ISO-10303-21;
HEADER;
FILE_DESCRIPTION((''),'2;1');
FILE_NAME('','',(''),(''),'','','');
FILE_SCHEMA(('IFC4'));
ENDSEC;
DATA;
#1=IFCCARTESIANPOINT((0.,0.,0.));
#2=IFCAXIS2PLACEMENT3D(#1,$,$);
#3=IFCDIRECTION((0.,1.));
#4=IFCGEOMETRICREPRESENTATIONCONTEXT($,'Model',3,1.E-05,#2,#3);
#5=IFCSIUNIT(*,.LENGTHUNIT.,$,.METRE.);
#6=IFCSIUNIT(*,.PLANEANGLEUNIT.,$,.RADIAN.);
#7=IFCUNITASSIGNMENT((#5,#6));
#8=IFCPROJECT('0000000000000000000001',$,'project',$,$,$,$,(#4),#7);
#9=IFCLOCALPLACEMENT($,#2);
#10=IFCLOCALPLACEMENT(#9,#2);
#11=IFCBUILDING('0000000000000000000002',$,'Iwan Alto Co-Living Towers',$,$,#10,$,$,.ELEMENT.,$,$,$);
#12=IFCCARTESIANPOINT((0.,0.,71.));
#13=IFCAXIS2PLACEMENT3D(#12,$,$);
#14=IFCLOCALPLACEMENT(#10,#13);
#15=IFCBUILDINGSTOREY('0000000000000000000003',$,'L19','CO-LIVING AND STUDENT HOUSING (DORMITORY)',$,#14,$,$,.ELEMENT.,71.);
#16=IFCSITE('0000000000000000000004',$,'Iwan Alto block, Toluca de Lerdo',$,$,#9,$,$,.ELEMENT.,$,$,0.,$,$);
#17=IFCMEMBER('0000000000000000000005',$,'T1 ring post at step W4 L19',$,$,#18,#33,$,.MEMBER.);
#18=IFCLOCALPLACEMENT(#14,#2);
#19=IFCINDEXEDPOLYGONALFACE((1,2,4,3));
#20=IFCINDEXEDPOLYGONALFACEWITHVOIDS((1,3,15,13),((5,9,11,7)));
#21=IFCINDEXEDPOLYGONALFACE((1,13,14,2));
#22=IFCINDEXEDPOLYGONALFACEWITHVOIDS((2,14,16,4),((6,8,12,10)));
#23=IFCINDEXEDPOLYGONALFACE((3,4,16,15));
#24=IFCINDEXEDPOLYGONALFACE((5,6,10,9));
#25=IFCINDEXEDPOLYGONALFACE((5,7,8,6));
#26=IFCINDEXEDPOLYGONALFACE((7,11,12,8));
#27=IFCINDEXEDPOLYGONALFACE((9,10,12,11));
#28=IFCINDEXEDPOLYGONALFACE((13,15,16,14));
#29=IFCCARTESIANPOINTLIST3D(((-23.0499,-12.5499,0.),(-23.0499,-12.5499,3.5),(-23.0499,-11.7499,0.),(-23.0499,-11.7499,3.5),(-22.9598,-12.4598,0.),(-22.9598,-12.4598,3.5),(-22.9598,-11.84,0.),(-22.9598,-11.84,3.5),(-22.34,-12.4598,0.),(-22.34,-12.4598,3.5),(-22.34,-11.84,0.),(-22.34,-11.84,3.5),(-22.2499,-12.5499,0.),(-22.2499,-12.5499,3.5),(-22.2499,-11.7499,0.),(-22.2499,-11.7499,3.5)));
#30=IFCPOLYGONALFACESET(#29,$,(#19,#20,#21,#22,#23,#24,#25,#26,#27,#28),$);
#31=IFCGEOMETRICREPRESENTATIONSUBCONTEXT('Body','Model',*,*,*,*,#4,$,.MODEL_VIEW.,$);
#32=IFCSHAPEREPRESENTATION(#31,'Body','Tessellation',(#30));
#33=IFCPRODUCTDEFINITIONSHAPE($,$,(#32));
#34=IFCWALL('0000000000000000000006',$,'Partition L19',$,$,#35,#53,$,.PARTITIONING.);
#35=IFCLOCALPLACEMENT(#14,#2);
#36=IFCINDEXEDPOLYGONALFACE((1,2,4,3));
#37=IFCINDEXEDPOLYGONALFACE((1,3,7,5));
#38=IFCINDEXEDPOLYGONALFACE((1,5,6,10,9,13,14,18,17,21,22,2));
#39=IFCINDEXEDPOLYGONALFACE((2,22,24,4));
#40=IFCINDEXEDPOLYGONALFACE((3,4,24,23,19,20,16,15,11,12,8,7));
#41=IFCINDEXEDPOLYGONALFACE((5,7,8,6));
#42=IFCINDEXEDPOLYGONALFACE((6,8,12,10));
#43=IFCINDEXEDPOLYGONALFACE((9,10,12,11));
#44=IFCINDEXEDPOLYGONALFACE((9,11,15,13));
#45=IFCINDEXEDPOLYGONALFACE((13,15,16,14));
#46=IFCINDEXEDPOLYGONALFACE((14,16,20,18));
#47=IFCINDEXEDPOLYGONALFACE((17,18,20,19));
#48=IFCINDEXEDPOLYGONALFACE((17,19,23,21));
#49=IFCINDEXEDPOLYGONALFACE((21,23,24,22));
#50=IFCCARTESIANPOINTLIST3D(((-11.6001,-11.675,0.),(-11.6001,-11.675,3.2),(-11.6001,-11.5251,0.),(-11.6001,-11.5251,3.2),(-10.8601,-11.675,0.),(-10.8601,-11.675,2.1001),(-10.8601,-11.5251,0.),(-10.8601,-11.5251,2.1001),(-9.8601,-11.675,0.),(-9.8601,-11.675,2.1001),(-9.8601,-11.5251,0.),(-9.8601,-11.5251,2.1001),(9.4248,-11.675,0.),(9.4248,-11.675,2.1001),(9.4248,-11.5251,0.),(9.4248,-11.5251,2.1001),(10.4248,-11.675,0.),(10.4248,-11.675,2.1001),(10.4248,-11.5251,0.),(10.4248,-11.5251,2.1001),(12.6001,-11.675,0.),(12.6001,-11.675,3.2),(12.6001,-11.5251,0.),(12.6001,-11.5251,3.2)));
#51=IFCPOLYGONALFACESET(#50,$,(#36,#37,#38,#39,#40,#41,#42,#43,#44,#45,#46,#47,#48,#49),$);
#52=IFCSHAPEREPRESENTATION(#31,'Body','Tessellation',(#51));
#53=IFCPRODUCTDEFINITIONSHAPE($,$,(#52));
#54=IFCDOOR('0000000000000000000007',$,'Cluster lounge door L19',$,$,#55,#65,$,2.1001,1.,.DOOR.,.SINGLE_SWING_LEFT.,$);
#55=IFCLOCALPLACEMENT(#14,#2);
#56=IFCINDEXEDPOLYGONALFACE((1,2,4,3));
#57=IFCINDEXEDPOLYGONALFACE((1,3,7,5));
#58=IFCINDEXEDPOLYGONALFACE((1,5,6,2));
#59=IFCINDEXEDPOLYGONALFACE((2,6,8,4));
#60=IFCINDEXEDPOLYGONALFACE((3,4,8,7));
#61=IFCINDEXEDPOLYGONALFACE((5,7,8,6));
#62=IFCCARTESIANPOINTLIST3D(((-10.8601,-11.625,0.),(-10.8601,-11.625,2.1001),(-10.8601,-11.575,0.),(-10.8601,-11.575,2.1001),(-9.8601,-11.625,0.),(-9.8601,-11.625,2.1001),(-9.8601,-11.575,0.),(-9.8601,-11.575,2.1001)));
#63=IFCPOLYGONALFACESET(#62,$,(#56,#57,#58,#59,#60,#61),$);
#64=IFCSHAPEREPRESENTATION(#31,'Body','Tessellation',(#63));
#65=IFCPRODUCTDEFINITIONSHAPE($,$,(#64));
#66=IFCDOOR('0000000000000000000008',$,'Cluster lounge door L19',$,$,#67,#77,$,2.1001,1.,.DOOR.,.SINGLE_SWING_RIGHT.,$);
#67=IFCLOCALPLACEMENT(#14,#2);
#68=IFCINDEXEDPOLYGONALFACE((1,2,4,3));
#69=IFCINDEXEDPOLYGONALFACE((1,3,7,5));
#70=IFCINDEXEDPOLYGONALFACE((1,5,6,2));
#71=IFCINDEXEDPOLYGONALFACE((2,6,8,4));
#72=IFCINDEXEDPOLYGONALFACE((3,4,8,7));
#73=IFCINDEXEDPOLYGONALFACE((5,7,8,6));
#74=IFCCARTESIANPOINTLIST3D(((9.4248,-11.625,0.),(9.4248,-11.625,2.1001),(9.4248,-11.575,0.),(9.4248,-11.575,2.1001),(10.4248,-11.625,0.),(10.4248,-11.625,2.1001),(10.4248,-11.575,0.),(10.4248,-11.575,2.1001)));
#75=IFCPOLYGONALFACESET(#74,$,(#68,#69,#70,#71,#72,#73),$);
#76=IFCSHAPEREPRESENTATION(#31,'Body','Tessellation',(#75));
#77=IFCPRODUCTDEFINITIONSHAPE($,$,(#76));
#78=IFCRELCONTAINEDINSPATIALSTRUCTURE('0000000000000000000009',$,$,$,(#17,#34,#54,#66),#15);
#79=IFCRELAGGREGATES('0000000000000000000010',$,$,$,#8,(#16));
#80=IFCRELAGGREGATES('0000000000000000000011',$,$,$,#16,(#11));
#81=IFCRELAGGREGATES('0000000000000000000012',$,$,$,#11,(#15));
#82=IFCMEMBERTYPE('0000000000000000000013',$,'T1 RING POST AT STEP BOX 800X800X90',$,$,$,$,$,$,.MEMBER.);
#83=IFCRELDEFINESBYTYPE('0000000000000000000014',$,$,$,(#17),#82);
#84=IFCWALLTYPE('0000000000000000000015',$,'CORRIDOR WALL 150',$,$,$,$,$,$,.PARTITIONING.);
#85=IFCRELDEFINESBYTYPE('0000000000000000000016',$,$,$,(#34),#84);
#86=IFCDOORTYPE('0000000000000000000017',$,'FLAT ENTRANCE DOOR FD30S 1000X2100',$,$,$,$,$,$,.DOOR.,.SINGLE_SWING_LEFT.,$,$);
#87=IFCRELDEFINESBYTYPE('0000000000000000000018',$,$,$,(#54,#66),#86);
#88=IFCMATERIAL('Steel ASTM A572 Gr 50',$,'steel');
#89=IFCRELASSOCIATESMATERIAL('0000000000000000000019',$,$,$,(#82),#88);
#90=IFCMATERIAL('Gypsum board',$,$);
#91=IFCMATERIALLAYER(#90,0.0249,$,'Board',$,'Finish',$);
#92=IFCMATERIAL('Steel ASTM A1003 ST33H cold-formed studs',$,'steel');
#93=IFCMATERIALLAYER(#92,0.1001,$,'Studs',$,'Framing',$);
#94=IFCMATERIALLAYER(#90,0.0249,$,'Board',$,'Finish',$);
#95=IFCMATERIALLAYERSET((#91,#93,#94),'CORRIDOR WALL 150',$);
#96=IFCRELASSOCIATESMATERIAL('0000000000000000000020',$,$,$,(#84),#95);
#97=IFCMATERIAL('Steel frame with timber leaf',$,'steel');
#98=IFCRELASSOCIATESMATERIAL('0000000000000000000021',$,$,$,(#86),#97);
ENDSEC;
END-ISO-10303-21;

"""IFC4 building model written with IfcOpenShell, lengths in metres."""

from ifc_helpers import new_model, si_unit, direction, frame, frame_2d, origin, origin_2d, place, context, subcontext, project, spatial, rectangle, hollow_rectangle, extrude, material, layer, layer_set, material_profile, profile_set, type_object, element, fill, save


model = new_model("IFC4")

# Units and contexts
model_context = context("Model", 3, precision=1e-05, world=origin(), true_north=direction((0.0, 1.0)))
body_context = subcontext(model_context, "Body", "Model", "MODEL_VIEW")
ifc_project = project(units=[si_unit("LENGTHUNIT", "METRE"), si_unit("PLANEANGLEUNIT", "RADIAN")], contexts=[model_context])

# Site, building, storey
site_placement = place(None, origin())
site = spatial("IfcSite", under=ifc_project, at=site_placement, Name="Iwan Alto block, Toluca de Lerdo", CompositionType="ELEMENT", RefElevation=0.0)
building_placement = place(site_placement, origin())
building = spatial("IfcBuilding", under=site, at=building_placement, Name="Iwan Alto Co-Living Towers", CompositionType="ELEMENT")
storey_placement = place(building_placement, frame((0.0, 0.0, 71.0)))
storey = spatial("IfcBuildingStorey", under=building, at=storey_placement, Name="L19", Description="CO-LIVING AND STUDENT HOUSING (DORMITORY)", CompositionType="ELEMENT", Elevation=71.0)

# Member
ifc_material_1 = material(Name="Steel ASTM A572 Gr 50", Category="steel")
ifc_material_profile = material_profile(ifc_material_1, hollow_rectangle(XDim=0.8, YDim=0.8, WallThickness=0.0901, at=origin_2d()), Name="BOX 800X800X90")
ifc_profile_set = profile_set([ifc_material_profile], Name="Steel ASTM A572 Gr 50")
member_type = type_object("IfcMemberType", Name="T1 RING POST AT STEP BOX 800X800X90", PredefinedType="MEMBER", material=ifc_profile_set)
member_placement = place(storey_placement, frame((-22.6499, -12.1499, 0.0), z_axis=(0.0, 0.0, 1.0), x_axis=(1.0, 0.0, 0.0)))
element("IfcMember", 1, at=member_placement, inside=storey, type_object=member_type, Name="T1 ring post at step W4 L19", PredefinedType="MEMBER", context=body_context, shape_type="SweptSolid", body=[
    extrude(hollow_rectangle(XDim=0.8, YDim=0.8, WallThickness=0.0901, at=origin_2d()), origin(), (0.0, 0.0, 1.0), 3.5),
])

# Wall, openings, doors
ifc_material_2 = material(Name="Gypsum board")
ifc_layer_1 = layer(ifc_material_2, 0.0249, Name="Board", Category="Finish")
ifc_material_3 = material(Name="Steel ASTM A1003 ST33H cold-formed studs", Category="steel")
ifc_layer_2 = layer(ifc_material_3, 0.1001, Name="Studs", Category="Framing")
ifc_layer_3 = layer(ifc_material_2, 0.0249, Name="Board", Category="Finish")
ifc_layer_set_1 = layer_set([ifc_layer_1, ifc_layer_2, ifc_layer_3], Name="CORRIDOR WALL 150")
wall_type_1 = type_object("IfcWallType", Name="CORRIDOR WALL 150", PredefinedType="PARTITIONING", material=ifc_layer_set_1)
wall_1_placement = place(storey_placement, frame((-11.6001, -11.6001, 0.0), z_axis=(0.0, 0.0, 1.0), x_axis=(1.0, 0.0, 0.0)))
wall_1 = element("IfcWall", 2, at=wall_1_placement, inside=storey, type_object=wall_type_1, Name="Partition L19", PredefinedType="PARTITIONING", context=body_context, shape_type="SweptSolid", body=[
    extrude(rectangle(XDim=24.2002, YDim=0.1499, at=frame_2d((12.1001, 0.0))), origin(), (0.0, 0.0, 1.0), 3.2),
])
opening_1_placement = place(wall_1_placement, frame((0.74, 0.0, 0.0)))
opening_1 = element("IfcOpeningElement", 3, at=opening_1_placement, cuts=wall_1, PredefinedType="OPENING", context=body_context, shape_type="SweptSolid", body=[
    extrude(rectangle(XDim=1.0, YDim=2.1001, at=frame_2d((0.5, 1.05))), frame((0.0, 0.085, 0.0), z_axis=(0.0, -1.0, 0.0), x_axis=(1.0, 0.0, 0.0)), (0.0, 0.0, 1.0), 0.1699),
])
opening_2_placement = place(wall_1_placement, frame((21.0249, 0.0, 0.0)))
opening_2 = element("IfcOpeningElement", 4, at=opening_2_placement, cuts=wall_1, PredefinedType="OPENING", context=body_context, shape_type="SweptSolid", body=[
    extrude(rectangle(XDim=1.0, YDim=2.1001, at=frame_2d((0.5, 1.05))), frame((0.0, 0.085, 0.0), z_axis=(0.0, -1.0, 0.0), x_axis=(1.0, 0.0, 0.0)), (0.0, 0.0, 1.0), 0.1699),
])
ifc_material_4 = material(Name="Steel frame with timber leaf", Category="steel")
door_type_1 = type_object("IfcDoorType", Name="FLAT ENTRANCE DOOR FD30S 1000X2100", OperationType="SINGLE_SWING_LEFT", PredefinedType="DOOR", material=ifc_material_4)
door_1_placement = place(opening_1_placement, frame((1.0, 0.0, 0.0), z_axis=(0.0, 0.0, 1.0), x_axis=(-1.0, 0.0, 0.0)))
door_1 = element("IfcDoor", 5, at=door_1_placement, inside=storey, type_object=door_type_1, Name="Cluster lounge door L19", OperationType="SINGLE_SWING_LEFT", OverallHeight=2.1001, OverallWidth=1.0, PredefinedType="DOOR", context=body_context, shape_type="SweptSolid", body=[
    extrude(rectangle(XDim=1.0, YDim=2.1001, at=frame_2d((0.5, 1.05))), frame((0.0, 0.0249, 0.0), z_axis=(0.0, -1.0, 0.0), x_axis=(1.0, 0.0, 0.0)), (0.0, 0.0, 1.0), 0.05),
])
fill(opening_1, door_1)
door_2_placement = place(opening_2_placement, frame((1.0, 0.0, 0.0), z_axis=(0.0, 0.0, 1.0), x_axis=(-1.0, 0.0, 0.0)))
door_2 = element("IfcDoor", 6, at=door_2_placement, inside=storey, type_object=door_type_1, Name="Cluster lounge door L19", OperationType="SINGLE_SWING_RIGHT", OverallHeight=2.1001, OverallWidth=1.0, PredefinedType="DOOR", context=body_context, shape_type="SweptSolid", body=[
    extrude(rectangle(XDim=1.0, YDim=2.1001, at=frame_2d((0.5, 1.05))), frame((0.0, 0.0249, 0.0), z_axis=(0.0, -1.0, 0.0), x_axis=(1.0, 0.0, 0.0)), (0.0, 0.0, 1.0), 0.05),
])
fill(opening_2, door_2)

save(model, "model.ifc")
